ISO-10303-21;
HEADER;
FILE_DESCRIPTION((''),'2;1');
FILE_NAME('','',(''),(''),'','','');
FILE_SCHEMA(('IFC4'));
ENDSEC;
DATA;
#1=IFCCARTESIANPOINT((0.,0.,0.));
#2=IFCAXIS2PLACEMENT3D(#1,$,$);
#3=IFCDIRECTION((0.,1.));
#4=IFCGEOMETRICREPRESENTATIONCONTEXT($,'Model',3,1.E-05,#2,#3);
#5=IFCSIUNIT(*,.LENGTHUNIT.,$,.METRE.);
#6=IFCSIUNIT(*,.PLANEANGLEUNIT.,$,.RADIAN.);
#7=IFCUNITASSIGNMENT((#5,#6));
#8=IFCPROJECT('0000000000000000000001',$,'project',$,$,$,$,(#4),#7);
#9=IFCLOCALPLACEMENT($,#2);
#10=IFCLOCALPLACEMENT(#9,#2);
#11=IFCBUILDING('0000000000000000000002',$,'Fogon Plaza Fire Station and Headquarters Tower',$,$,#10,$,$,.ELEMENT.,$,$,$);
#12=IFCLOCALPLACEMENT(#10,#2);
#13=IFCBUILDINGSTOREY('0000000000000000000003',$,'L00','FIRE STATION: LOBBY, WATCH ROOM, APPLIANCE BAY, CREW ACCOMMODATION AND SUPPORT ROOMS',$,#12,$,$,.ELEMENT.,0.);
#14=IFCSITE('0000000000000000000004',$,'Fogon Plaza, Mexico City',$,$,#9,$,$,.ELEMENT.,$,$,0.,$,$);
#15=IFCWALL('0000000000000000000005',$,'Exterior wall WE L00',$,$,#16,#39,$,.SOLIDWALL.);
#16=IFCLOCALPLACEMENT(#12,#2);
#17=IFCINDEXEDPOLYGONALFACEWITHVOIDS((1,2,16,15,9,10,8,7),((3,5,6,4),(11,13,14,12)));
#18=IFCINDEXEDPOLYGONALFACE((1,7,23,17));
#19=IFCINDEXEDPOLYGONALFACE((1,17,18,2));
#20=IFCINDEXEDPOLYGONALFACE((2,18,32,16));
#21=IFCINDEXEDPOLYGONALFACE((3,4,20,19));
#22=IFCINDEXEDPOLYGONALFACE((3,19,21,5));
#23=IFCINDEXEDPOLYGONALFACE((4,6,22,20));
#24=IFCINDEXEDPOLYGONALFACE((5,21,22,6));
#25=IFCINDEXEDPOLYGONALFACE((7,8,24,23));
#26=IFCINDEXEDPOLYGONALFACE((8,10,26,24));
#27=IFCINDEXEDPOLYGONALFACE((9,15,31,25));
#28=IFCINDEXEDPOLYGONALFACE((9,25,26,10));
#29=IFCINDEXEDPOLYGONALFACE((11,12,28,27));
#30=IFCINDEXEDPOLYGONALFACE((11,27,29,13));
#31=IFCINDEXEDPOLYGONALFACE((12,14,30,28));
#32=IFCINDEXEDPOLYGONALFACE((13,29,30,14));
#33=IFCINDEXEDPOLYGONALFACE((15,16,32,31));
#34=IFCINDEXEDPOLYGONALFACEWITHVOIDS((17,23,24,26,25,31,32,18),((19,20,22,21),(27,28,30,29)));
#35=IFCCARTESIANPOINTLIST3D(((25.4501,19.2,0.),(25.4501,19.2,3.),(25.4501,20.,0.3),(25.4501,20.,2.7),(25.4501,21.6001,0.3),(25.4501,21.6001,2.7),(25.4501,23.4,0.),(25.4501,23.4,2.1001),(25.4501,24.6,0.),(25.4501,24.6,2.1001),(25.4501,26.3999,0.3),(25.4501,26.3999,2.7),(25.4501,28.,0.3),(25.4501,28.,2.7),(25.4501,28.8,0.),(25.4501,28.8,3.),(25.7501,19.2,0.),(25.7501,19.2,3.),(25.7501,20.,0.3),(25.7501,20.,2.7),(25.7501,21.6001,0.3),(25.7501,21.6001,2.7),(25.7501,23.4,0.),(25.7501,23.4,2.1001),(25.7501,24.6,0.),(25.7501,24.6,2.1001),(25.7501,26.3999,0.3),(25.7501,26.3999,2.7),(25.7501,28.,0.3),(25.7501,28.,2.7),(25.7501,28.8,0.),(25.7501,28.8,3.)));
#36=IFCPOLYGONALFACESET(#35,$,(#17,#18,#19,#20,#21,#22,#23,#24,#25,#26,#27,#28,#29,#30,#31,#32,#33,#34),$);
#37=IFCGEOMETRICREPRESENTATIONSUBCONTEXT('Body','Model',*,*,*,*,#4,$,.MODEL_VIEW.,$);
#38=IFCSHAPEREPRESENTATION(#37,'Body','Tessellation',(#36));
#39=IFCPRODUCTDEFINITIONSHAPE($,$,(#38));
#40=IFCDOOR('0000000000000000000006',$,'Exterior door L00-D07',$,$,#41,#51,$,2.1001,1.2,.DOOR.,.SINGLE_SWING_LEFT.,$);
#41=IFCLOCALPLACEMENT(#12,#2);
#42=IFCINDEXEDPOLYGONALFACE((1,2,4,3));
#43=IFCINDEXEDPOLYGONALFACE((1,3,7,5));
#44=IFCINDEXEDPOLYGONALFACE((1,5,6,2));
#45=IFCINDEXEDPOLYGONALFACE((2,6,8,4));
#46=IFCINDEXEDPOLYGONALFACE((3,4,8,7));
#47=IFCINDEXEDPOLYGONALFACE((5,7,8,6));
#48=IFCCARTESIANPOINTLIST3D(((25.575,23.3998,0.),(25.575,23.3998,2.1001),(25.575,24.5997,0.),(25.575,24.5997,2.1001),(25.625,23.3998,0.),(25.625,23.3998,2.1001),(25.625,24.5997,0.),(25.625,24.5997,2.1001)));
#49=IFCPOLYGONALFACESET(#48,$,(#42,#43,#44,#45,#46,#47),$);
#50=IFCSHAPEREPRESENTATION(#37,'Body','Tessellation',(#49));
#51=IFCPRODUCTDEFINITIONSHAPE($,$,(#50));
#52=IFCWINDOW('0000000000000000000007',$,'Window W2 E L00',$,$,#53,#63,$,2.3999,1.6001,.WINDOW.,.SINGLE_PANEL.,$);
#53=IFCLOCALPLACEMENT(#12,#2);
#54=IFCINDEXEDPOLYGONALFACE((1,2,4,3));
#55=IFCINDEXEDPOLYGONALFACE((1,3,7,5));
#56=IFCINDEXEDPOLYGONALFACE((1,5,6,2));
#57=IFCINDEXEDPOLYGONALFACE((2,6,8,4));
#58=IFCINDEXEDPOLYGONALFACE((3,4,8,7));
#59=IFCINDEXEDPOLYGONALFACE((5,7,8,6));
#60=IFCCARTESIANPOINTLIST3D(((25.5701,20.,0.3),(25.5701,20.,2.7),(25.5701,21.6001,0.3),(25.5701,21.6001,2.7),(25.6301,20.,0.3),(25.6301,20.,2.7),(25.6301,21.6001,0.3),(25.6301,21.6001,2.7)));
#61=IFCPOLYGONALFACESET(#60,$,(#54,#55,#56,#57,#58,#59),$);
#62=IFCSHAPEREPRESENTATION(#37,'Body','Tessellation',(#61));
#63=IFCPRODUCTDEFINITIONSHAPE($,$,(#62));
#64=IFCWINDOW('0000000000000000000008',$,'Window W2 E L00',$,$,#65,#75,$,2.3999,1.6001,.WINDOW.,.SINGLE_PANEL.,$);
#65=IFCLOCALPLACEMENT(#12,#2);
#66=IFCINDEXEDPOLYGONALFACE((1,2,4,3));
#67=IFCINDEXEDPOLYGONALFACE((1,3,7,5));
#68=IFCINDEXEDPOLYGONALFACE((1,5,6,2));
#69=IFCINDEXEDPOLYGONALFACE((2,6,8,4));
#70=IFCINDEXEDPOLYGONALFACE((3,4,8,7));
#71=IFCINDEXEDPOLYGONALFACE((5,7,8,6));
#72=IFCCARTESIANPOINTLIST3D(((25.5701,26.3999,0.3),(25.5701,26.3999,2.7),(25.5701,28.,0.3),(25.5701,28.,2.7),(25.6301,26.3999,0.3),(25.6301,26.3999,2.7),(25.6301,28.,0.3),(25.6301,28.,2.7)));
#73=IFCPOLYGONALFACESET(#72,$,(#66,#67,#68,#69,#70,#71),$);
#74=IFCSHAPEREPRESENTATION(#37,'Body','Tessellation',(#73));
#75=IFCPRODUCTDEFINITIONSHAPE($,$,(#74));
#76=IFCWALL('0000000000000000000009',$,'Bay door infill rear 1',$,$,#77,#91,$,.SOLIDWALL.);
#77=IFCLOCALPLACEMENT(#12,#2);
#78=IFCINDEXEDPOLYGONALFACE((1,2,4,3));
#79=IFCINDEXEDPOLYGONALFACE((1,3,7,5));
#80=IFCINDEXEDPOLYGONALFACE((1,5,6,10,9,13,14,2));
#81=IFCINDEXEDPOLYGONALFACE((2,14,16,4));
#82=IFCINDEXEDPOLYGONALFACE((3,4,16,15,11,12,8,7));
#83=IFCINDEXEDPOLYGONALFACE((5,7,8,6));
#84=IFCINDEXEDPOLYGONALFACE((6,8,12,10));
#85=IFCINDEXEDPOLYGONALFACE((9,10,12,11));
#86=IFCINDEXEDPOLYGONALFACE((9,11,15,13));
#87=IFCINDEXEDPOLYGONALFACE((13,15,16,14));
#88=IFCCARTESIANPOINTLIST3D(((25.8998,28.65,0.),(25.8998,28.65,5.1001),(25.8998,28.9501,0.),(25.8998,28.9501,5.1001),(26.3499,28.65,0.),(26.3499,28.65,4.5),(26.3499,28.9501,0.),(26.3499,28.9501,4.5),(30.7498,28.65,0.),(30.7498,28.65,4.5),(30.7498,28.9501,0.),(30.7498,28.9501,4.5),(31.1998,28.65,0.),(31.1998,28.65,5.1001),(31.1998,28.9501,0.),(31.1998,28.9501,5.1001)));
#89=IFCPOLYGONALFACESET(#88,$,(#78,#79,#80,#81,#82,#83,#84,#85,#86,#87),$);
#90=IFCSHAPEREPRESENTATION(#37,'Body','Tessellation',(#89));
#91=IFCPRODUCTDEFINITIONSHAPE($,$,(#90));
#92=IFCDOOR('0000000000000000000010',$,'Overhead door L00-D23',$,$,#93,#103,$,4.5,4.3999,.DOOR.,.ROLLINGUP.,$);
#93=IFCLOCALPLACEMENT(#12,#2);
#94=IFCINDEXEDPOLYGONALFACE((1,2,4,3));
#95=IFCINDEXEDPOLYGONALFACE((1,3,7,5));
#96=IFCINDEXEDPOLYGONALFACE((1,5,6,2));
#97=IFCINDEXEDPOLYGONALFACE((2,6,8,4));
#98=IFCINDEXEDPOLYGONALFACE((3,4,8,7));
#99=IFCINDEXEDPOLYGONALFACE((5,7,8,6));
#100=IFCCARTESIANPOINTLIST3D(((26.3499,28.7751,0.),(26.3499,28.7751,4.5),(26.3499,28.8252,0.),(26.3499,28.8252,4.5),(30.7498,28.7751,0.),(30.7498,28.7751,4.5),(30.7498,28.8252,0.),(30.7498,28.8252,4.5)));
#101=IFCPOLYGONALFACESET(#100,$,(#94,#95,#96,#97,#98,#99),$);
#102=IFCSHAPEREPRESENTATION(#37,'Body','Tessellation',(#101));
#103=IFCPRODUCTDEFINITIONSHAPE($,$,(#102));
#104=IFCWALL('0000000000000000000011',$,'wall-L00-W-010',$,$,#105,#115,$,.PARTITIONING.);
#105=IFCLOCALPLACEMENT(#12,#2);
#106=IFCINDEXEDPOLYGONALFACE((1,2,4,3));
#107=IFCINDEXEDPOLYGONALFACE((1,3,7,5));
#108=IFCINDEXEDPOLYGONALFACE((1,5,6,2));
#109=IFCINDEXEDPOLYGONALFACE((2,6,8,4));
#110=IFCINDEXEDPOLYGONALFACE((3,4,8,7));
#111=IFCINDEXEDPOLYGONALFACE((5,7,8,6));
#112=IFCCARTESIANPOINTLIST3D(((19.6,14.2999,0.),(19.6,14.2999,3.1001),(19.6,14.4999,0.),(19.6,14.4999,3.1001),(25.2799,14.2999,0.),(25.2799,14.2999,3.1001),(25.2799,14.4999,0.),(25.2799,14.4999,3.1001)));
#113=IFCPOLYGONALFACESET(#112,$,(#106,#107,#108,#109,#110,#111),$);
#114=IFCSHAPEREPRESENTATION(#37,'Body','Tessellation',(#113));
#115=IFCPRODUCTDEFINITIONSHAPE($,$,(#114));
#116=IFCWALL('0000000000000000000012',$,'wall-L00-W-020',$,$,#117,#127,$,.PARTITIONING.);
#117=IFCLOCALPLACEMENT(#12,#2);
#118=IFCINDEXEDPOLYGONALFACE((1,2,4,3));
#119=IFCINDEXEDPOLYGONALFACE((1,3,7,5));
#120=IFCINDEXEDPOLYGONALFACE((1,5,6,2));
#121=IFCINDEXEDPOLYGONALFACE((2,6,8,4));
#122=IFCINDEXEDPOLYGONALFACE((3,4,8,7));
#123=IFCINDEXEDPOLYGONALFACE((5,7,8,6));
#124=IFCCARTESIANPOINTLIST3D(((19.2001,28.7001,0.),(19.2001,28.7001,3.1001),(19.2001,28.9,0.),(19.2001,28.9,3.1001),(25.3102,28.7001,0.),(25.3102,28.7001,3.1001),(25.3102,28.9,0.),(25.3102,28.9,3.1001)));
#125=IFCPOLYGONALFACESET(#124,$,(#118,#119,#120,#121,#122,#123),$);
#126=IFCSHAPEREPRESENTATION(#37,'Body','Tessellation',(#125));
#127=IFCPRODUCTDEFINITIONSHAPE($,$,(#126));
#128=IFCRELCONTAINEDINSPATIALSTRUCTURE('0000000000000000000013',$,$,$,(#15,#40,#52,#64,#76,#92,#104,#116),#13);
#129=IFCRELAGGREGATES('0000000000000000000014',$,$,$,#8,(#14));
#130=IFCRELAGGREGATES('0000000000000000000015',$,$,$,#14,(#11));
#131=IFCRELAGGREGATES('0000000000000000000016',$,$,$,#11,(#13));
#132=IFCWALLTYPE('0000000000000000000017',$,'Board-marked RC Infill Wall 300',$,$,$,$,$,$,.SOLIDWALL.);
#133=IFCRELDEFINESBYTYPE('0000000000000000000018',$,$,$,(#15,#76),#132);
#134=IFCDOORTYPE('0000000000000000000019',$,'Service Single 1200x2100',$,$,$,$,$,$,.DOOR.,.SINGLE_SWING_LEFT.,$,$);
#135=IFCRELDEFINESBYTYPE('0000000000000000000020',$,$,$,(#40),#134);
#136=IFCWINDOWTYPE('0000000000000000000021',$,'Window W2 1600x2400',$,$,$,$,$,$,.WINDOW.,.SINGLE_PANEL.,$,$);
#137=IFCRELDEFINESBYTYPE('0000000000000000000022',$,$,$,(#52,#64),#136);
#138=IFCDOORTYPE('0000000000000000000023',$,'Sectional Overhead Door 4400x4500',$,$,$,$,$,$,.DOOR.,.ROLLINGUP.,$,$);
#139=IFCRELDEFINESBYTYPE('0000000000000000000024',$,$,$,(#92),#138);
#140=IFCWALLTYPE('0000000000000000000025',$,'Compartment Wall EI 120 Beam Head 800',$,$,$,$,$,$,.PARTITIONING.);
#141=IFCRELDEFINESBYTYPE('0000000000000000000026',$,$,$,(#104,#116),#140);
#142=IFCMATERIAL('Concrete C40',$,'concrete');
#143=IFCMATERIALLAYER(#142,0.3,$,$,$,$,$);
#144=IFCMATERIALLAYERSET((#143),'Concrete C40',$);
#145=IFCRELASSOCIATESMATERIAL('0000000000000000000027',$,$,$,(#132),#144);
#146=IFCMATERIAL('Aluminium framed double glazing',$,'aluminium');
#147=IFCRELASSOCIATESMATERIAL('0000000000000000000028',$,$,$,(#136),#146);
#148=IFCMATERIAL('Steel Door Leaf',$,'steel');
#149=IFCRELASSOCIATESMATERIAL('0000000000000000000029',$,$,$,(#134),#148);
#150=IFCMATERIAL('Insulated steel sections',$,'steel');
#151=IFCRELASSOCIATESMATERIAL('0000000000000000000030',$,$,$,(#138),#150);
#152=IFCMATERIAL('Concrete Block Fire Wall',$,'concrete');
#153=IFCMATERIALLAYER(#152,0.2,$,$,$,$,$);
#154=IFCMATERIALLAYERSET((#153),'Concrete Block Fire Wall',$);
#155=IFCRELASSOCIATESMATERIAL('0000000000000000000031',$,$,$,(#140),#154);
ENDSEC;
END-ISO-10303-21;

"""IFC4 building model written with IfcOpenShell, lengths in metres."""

from ifc_helpers import new_model, si_unit, direction, frame, frame_2d, origin, place, context, subcontext, project, spatial, rectangle, extrude, material, layer, layer_set, type_object, element, fill, save


model = new_model("IFC4")

# Units and contexts
model_context = context("Model", 3, precision=1e-05, world=origin(), true_north=direction((0.0, 1.0)))
body_context = subcontext(model_context, "Body", "Model", "MODEL_VIEW")
ifc_project = project(units=[si_unit("LENGTHUNIT", "METRE"), si_unit("PLANEANGLEUNIT", "RADIAN")], contexts=[model_context])

# Site, building, storey
site_placement = place(None, origin())
site = spatial("IfcSite", under=ifc_project, at=site_placement, Name="Fogon Plaza, Mexico City", CompositionType="ELEMENT", RefElevation=0.0)
building_placement = place(site_placement, origin())
building = spatial("IfcBuilding", under=site, at=building_placement, Name="Fogon Plaza Fire Station and Headquarters Tower", CompositionType="ELEMENT")
storey_placement = place(building_placement, origin())
storey = spatial("IfcBuildingStorey", under=building, at=storey_placement, Name="L00", Description="FIRE STATION: LOBBY, WATCH ROOM, APPLIANCE BAY, CREW ACCOMMODATION AND SUPPORT ROOMS", CompositionType="ELEMENT", Elevation=0.0)

# Shared definitions
ifc_material_1 = material(Name="Concrete C40", Category="concrete")
ifc_layer_1 = layer(ifc_material_1, 0.3)
ifc_layer_set_1 = layer_set([ifc_layer_1], Name="Concrete C40")
wall_type_1 = type_object("IfcWallType", Name="Board-marked RC Infill Wall 300", PredefinedType="SOLIDWALL", material=ifc_layer_set_1)
ifc_material_2 = material(Name="Aluminium framed double glazing", Category="aluminium")
window_type_1 = type_object("IfcWindowType", Name="Window W2 1600x2400", PartitioningType="SINGLE_PANEL", PredefinedType="WINDOW", material=ifc_material_2)

# Wall, openings, door, windows
wall_1_placement = place(storey_placement, frame((25.6001, 19.2, 0.0), z_axis=(0.0, 0.0, 1.0), x_axis=(0.0, 1.0, 0.0)))
wall_1 = element("IfcWall", 1, at=wall_1_placement, inside=storey, type_object=wall_type_1, Name="Exterior wall WE L00", PredefinedType="SOLIDWALL", context=body_context, shape_type="SweptSolid", body=[
    extrude(rectangle(XDim=9.6001, YDim=0.3, at=frame_2d((4.8, 0.0))), origin(), (0.0, 0.0, 1.0), 3.0),
])
opening_1_placement = place(wall_1_placement, frame((4.2, 0.0, 0.0)))
opening_1 = element("IfcOpeningElement", 2, at=opening_1_placement, cuts=wall_1, PredefinedType="OPENING", context=body_context, shape_type="SweptSolid", body=[
    extrude(rectangle(XDim=1.2, YDim=2.1001, at=frame_2d((0.6001, 1.05))), frame((0.0, 0.1599, 0.0), z_axis=(0.0, -1.0, 0.0), x_axis=(1.0, 0.0, 0.0)), (0.0, 0.0, 1.0), 0.3201),
])
opening_2_placement = place(wall_1_placement, frame((0.8, 0.0, 0.3)))
opening_2 = element("IfcOpeningElement", 3, at=opening_2_placement, cuts=wall_1, PredefinedType="OPENING", context=body_context, shape_type="SweptSolid", body=[
    extrude(rectangle(XDim=1.6001, YDim=2.3999, at=frame_2d((0.8, 1.2))), frame((0.0, 0.1599, 0.0), z_axis=(0.0, -1.0, 0.0), x_axis=(1.0, 0.0, 0.0)), (0.0, 0.0, 1.0), 0.3201),
])
opening_3_placement = place(wall_1_placement, frame((7.2, 0.0, 0.3)))
opening_3 = element("IfcOpeningElement", 4, at=opening_3_placement, cuts=wall_1, PredefinedType="OPENING", context=body_context, shape_type="SweptSolid", body=[
    extrude(rectangle(XDim=1.6001, YDim=2.3999, at=frame_2d((0.8, 1.2))), frame((0.0, 0.1599, 0.0), z_axis=(0.0, -1.0, 0.0), x_axis=(1.0, 0.0, 0.0)), (0.0, 0.0, 1.0), 0.3201),
])
ifc_material_3 = material(Name="Steel Door Leaf", Category="steel")
door_type_1 = type_object("IfcDoorType", Name="Service Single 1200x2100", OperationType="SINGLE_SWING_LEFT", PredefinedType="DOOR", material=ifc_material_3)
door_1_placement = place(opening_1_placement, frame((1.2, 0.0, 0.0), z_axis=(0.0, 0.0, 1.0), x_axis=(-1.0, 0.0, 0.0)))
door_1 = element("IfcDoor", 5, at=door_1_placement, inside=storey, type_object=door_type_1, Name="Exterior door L00-D07", OperationType="SINGLE_SWING_LEFT", OverallHeight=2.1001, OverallWidth=1.2, PredefinedType="DOOR", context=body_context, shape_type="SweptSolid", body=[
    extrude(rectangle(XDim=1.2, YDim=2.1001, at=frame_2d((0.6001, 1.05))), frame((0.0, 0.0249, 0.0), z_axis=(0.0, -1.0, 0.0), x_axis=(1.0, 0.0, 0.0)), (0.0, 0.0, 1.0), 0.05),
])
fill(opening_1, door_1)
window_1_placement = place(opening_2_placement, origin())
window_1 = element("IfcWindow", 6, at=window_1_placement, inside=storey, type_object=window_type_1, Name="Window W2 E L00", OverallHeight=2.3999, OverallWidth=1.6001, PartitioningType="SINGLE_PANEL", PredefinedType="WINDOW", context=body_context, shape_type="SweptSolid", body=[
    extrude(rectangle(XDim=1.6001, YDim=2.3999, at=frame_2d((0.8, 1.2))), frame((0.0, 0.03, 0.0), z_axis=(0.0, -1.0, 0.0), x_axis=(1.0, 0.0, 0.0)), (0.0, 0.0, 1.0), 0.0601),
])
fill(opening_2, window_1)
window_2_placement = place(opening_3_placement, origin())
window_2 = element("IfcWindow", 7, at=window_2_placement, inside=storey, type_object=window_type_1, Name="Window W2 E L00", OverallHeight=2.3999, OverallWidth=1.6001, PartitioningType="SINGLE_PANEL", PredefinedType="WINDOW", context=body_context, shape_type="SweptSolid", body=[
    extrude(rectangle(XDim=1.6001, YDim=2.3999, at=frame_2d((0.8, 1.2))), frame((0.0, 0.03, 0.0), z_axis=(0.0, -1.0, 0.0), x_axis=(1.0, 0.0, 0.0)), (0.0, 0.0, 1.0), 0.0601),
])
fill(opening_3, window_2)

# Wall, opening, door
wall_2_placement = place(storey_placement, frame((25.8999, 28.8, 0.0), z_axis=(0.0, 0.0, 1.0), x_axis=(1.0, 0.0, 0.0)))
wall_2 = element("IfcWall", 8, at=wall_2_placement, inside=storey, type_object=wall_type_1, Name="Bay door infill rear 1", PredefinedType="SOLIDWALL", context=body_context, shape_type="SweptSolid", body=[
    extrude(rectangle(XDim=5.3, YDim=0.3, at=frame_2d((2.6499, 0.0))), origin(), (0.0, 0.0, 1.0), 5.1001),
])
opening_4_placement = place(wall_2_placement, frame((0.45, 0.0, 0.0)))
opening_4 = element("IfcOpeningElement", 9, at=opening_4_placement, cuts=wall_2, PredefinedType="OPENING", context=body_context, shape_type="SweptSolid", body=[
    extrude(rectangle(XDim=4.3999, YDim=4.5, at=frame_2d((2.2, 2.25))), frame((0.0, 0.1599, 0.0), z_axis=(0.0, -1.0, 0.0), x_axis=(1.0, 0.0, 0.0)), (0.0, 0.0, 1.0), 0.3201),
])
ifc_material_4 = material(Name="Insulated steel sections", Category="steel")
door_type_2 = type_object("IfcDoorType", Name="Sectional Overhead Door 4400x4500", OperationType="ROLLINGUP", PredefinedType="DOOR", material=ifc_material_4)
door_2_placement = place(opening_4_placement, frame((4.3999, 0.0, 0.0), z_axis=(0.0, 0.0, 1.0), x_axis=(-1.0, 0.0, 0.0)))
door_2 = element("IfcDoor", 10, at=door_2_placement, inside=storey, type_object=door_type_2, Name="Overhead door L00-D23", OperationType="ROLLINGUP", OverallHeight=4.5, OverallWidth=4.3999, PredefinedType="DOOR", context=body_context, shape_type="SweptSolid", body=[
    extrude(rectangle(XDim=4.3999, YDim=4.5, at=frame_2d((2.2, 2.25))), frame((0.0, 0.0249, 0.0), z_axis=(0.0, -1.0, 0.0), x_axis=(1.0, 0.0, 0.0)), (0.0, 0.0, 1.0), 0.05),
])
fill(opening_4, door_2)

# Walls
ifc_material_5 = material(Name="Concrete Block Fire Wall", Category="concrete")
ifc_layer_2 = layer(ifc_material_5, 0.2)
ifc_layer_set_2 = layer_set([ifc_layer_2], Name="Concrete Block Fire Wall")
wall_type_2 = type_object("IfcWallType", Name="Compartment Wall EI 120 Beam Head 800", PredefinedType="PARTITIONING", material=ifc_layer_set_2)
wall_3_placement = place(storey_placement, frame((19.6001, 14.3999, 0.0), z_axis=(0.0, 0.0, 1.0), x_axis=(1.0, 0.0, 0.0)))
element("IfcWall", 11, at=wall_3_placement, inside=storey, type_object=wall_type_2, Name="wall-L00-W-010", PredefinedType="PARTITIONING", context=body_context, shape_type="SweptSolid", body=[
    extrude(rectangle(XDim=5.6799, YDim=0.2, at=frame_2d((2.8398, 0.0))), origin(), (0.0, 0.0, 1.0), 3.1001),
])
wall_4_placement = place(storey_placement, frame((19.2, 28.8, 0.0), z_axis=(0.0, 0.0, 1.0), x_axis=(1.0, 0.0, 0.0)))
element("IfcWall", 12, at=wall_4_placement, inside=storey, type_object=wall_type_2, Name="wall-L00-W-020", PredefinedType="PARTITIONING", context=body_context, shape_type="SweptSolid", body=[
    extrude(rectangle(XDim=6.1101, YDim=0.2, at=frame_2d((3.0552, 0.0))), origin(), (0.0, 0.0, 1.0), 3.1001),
])

save(model, "model.ifc")
